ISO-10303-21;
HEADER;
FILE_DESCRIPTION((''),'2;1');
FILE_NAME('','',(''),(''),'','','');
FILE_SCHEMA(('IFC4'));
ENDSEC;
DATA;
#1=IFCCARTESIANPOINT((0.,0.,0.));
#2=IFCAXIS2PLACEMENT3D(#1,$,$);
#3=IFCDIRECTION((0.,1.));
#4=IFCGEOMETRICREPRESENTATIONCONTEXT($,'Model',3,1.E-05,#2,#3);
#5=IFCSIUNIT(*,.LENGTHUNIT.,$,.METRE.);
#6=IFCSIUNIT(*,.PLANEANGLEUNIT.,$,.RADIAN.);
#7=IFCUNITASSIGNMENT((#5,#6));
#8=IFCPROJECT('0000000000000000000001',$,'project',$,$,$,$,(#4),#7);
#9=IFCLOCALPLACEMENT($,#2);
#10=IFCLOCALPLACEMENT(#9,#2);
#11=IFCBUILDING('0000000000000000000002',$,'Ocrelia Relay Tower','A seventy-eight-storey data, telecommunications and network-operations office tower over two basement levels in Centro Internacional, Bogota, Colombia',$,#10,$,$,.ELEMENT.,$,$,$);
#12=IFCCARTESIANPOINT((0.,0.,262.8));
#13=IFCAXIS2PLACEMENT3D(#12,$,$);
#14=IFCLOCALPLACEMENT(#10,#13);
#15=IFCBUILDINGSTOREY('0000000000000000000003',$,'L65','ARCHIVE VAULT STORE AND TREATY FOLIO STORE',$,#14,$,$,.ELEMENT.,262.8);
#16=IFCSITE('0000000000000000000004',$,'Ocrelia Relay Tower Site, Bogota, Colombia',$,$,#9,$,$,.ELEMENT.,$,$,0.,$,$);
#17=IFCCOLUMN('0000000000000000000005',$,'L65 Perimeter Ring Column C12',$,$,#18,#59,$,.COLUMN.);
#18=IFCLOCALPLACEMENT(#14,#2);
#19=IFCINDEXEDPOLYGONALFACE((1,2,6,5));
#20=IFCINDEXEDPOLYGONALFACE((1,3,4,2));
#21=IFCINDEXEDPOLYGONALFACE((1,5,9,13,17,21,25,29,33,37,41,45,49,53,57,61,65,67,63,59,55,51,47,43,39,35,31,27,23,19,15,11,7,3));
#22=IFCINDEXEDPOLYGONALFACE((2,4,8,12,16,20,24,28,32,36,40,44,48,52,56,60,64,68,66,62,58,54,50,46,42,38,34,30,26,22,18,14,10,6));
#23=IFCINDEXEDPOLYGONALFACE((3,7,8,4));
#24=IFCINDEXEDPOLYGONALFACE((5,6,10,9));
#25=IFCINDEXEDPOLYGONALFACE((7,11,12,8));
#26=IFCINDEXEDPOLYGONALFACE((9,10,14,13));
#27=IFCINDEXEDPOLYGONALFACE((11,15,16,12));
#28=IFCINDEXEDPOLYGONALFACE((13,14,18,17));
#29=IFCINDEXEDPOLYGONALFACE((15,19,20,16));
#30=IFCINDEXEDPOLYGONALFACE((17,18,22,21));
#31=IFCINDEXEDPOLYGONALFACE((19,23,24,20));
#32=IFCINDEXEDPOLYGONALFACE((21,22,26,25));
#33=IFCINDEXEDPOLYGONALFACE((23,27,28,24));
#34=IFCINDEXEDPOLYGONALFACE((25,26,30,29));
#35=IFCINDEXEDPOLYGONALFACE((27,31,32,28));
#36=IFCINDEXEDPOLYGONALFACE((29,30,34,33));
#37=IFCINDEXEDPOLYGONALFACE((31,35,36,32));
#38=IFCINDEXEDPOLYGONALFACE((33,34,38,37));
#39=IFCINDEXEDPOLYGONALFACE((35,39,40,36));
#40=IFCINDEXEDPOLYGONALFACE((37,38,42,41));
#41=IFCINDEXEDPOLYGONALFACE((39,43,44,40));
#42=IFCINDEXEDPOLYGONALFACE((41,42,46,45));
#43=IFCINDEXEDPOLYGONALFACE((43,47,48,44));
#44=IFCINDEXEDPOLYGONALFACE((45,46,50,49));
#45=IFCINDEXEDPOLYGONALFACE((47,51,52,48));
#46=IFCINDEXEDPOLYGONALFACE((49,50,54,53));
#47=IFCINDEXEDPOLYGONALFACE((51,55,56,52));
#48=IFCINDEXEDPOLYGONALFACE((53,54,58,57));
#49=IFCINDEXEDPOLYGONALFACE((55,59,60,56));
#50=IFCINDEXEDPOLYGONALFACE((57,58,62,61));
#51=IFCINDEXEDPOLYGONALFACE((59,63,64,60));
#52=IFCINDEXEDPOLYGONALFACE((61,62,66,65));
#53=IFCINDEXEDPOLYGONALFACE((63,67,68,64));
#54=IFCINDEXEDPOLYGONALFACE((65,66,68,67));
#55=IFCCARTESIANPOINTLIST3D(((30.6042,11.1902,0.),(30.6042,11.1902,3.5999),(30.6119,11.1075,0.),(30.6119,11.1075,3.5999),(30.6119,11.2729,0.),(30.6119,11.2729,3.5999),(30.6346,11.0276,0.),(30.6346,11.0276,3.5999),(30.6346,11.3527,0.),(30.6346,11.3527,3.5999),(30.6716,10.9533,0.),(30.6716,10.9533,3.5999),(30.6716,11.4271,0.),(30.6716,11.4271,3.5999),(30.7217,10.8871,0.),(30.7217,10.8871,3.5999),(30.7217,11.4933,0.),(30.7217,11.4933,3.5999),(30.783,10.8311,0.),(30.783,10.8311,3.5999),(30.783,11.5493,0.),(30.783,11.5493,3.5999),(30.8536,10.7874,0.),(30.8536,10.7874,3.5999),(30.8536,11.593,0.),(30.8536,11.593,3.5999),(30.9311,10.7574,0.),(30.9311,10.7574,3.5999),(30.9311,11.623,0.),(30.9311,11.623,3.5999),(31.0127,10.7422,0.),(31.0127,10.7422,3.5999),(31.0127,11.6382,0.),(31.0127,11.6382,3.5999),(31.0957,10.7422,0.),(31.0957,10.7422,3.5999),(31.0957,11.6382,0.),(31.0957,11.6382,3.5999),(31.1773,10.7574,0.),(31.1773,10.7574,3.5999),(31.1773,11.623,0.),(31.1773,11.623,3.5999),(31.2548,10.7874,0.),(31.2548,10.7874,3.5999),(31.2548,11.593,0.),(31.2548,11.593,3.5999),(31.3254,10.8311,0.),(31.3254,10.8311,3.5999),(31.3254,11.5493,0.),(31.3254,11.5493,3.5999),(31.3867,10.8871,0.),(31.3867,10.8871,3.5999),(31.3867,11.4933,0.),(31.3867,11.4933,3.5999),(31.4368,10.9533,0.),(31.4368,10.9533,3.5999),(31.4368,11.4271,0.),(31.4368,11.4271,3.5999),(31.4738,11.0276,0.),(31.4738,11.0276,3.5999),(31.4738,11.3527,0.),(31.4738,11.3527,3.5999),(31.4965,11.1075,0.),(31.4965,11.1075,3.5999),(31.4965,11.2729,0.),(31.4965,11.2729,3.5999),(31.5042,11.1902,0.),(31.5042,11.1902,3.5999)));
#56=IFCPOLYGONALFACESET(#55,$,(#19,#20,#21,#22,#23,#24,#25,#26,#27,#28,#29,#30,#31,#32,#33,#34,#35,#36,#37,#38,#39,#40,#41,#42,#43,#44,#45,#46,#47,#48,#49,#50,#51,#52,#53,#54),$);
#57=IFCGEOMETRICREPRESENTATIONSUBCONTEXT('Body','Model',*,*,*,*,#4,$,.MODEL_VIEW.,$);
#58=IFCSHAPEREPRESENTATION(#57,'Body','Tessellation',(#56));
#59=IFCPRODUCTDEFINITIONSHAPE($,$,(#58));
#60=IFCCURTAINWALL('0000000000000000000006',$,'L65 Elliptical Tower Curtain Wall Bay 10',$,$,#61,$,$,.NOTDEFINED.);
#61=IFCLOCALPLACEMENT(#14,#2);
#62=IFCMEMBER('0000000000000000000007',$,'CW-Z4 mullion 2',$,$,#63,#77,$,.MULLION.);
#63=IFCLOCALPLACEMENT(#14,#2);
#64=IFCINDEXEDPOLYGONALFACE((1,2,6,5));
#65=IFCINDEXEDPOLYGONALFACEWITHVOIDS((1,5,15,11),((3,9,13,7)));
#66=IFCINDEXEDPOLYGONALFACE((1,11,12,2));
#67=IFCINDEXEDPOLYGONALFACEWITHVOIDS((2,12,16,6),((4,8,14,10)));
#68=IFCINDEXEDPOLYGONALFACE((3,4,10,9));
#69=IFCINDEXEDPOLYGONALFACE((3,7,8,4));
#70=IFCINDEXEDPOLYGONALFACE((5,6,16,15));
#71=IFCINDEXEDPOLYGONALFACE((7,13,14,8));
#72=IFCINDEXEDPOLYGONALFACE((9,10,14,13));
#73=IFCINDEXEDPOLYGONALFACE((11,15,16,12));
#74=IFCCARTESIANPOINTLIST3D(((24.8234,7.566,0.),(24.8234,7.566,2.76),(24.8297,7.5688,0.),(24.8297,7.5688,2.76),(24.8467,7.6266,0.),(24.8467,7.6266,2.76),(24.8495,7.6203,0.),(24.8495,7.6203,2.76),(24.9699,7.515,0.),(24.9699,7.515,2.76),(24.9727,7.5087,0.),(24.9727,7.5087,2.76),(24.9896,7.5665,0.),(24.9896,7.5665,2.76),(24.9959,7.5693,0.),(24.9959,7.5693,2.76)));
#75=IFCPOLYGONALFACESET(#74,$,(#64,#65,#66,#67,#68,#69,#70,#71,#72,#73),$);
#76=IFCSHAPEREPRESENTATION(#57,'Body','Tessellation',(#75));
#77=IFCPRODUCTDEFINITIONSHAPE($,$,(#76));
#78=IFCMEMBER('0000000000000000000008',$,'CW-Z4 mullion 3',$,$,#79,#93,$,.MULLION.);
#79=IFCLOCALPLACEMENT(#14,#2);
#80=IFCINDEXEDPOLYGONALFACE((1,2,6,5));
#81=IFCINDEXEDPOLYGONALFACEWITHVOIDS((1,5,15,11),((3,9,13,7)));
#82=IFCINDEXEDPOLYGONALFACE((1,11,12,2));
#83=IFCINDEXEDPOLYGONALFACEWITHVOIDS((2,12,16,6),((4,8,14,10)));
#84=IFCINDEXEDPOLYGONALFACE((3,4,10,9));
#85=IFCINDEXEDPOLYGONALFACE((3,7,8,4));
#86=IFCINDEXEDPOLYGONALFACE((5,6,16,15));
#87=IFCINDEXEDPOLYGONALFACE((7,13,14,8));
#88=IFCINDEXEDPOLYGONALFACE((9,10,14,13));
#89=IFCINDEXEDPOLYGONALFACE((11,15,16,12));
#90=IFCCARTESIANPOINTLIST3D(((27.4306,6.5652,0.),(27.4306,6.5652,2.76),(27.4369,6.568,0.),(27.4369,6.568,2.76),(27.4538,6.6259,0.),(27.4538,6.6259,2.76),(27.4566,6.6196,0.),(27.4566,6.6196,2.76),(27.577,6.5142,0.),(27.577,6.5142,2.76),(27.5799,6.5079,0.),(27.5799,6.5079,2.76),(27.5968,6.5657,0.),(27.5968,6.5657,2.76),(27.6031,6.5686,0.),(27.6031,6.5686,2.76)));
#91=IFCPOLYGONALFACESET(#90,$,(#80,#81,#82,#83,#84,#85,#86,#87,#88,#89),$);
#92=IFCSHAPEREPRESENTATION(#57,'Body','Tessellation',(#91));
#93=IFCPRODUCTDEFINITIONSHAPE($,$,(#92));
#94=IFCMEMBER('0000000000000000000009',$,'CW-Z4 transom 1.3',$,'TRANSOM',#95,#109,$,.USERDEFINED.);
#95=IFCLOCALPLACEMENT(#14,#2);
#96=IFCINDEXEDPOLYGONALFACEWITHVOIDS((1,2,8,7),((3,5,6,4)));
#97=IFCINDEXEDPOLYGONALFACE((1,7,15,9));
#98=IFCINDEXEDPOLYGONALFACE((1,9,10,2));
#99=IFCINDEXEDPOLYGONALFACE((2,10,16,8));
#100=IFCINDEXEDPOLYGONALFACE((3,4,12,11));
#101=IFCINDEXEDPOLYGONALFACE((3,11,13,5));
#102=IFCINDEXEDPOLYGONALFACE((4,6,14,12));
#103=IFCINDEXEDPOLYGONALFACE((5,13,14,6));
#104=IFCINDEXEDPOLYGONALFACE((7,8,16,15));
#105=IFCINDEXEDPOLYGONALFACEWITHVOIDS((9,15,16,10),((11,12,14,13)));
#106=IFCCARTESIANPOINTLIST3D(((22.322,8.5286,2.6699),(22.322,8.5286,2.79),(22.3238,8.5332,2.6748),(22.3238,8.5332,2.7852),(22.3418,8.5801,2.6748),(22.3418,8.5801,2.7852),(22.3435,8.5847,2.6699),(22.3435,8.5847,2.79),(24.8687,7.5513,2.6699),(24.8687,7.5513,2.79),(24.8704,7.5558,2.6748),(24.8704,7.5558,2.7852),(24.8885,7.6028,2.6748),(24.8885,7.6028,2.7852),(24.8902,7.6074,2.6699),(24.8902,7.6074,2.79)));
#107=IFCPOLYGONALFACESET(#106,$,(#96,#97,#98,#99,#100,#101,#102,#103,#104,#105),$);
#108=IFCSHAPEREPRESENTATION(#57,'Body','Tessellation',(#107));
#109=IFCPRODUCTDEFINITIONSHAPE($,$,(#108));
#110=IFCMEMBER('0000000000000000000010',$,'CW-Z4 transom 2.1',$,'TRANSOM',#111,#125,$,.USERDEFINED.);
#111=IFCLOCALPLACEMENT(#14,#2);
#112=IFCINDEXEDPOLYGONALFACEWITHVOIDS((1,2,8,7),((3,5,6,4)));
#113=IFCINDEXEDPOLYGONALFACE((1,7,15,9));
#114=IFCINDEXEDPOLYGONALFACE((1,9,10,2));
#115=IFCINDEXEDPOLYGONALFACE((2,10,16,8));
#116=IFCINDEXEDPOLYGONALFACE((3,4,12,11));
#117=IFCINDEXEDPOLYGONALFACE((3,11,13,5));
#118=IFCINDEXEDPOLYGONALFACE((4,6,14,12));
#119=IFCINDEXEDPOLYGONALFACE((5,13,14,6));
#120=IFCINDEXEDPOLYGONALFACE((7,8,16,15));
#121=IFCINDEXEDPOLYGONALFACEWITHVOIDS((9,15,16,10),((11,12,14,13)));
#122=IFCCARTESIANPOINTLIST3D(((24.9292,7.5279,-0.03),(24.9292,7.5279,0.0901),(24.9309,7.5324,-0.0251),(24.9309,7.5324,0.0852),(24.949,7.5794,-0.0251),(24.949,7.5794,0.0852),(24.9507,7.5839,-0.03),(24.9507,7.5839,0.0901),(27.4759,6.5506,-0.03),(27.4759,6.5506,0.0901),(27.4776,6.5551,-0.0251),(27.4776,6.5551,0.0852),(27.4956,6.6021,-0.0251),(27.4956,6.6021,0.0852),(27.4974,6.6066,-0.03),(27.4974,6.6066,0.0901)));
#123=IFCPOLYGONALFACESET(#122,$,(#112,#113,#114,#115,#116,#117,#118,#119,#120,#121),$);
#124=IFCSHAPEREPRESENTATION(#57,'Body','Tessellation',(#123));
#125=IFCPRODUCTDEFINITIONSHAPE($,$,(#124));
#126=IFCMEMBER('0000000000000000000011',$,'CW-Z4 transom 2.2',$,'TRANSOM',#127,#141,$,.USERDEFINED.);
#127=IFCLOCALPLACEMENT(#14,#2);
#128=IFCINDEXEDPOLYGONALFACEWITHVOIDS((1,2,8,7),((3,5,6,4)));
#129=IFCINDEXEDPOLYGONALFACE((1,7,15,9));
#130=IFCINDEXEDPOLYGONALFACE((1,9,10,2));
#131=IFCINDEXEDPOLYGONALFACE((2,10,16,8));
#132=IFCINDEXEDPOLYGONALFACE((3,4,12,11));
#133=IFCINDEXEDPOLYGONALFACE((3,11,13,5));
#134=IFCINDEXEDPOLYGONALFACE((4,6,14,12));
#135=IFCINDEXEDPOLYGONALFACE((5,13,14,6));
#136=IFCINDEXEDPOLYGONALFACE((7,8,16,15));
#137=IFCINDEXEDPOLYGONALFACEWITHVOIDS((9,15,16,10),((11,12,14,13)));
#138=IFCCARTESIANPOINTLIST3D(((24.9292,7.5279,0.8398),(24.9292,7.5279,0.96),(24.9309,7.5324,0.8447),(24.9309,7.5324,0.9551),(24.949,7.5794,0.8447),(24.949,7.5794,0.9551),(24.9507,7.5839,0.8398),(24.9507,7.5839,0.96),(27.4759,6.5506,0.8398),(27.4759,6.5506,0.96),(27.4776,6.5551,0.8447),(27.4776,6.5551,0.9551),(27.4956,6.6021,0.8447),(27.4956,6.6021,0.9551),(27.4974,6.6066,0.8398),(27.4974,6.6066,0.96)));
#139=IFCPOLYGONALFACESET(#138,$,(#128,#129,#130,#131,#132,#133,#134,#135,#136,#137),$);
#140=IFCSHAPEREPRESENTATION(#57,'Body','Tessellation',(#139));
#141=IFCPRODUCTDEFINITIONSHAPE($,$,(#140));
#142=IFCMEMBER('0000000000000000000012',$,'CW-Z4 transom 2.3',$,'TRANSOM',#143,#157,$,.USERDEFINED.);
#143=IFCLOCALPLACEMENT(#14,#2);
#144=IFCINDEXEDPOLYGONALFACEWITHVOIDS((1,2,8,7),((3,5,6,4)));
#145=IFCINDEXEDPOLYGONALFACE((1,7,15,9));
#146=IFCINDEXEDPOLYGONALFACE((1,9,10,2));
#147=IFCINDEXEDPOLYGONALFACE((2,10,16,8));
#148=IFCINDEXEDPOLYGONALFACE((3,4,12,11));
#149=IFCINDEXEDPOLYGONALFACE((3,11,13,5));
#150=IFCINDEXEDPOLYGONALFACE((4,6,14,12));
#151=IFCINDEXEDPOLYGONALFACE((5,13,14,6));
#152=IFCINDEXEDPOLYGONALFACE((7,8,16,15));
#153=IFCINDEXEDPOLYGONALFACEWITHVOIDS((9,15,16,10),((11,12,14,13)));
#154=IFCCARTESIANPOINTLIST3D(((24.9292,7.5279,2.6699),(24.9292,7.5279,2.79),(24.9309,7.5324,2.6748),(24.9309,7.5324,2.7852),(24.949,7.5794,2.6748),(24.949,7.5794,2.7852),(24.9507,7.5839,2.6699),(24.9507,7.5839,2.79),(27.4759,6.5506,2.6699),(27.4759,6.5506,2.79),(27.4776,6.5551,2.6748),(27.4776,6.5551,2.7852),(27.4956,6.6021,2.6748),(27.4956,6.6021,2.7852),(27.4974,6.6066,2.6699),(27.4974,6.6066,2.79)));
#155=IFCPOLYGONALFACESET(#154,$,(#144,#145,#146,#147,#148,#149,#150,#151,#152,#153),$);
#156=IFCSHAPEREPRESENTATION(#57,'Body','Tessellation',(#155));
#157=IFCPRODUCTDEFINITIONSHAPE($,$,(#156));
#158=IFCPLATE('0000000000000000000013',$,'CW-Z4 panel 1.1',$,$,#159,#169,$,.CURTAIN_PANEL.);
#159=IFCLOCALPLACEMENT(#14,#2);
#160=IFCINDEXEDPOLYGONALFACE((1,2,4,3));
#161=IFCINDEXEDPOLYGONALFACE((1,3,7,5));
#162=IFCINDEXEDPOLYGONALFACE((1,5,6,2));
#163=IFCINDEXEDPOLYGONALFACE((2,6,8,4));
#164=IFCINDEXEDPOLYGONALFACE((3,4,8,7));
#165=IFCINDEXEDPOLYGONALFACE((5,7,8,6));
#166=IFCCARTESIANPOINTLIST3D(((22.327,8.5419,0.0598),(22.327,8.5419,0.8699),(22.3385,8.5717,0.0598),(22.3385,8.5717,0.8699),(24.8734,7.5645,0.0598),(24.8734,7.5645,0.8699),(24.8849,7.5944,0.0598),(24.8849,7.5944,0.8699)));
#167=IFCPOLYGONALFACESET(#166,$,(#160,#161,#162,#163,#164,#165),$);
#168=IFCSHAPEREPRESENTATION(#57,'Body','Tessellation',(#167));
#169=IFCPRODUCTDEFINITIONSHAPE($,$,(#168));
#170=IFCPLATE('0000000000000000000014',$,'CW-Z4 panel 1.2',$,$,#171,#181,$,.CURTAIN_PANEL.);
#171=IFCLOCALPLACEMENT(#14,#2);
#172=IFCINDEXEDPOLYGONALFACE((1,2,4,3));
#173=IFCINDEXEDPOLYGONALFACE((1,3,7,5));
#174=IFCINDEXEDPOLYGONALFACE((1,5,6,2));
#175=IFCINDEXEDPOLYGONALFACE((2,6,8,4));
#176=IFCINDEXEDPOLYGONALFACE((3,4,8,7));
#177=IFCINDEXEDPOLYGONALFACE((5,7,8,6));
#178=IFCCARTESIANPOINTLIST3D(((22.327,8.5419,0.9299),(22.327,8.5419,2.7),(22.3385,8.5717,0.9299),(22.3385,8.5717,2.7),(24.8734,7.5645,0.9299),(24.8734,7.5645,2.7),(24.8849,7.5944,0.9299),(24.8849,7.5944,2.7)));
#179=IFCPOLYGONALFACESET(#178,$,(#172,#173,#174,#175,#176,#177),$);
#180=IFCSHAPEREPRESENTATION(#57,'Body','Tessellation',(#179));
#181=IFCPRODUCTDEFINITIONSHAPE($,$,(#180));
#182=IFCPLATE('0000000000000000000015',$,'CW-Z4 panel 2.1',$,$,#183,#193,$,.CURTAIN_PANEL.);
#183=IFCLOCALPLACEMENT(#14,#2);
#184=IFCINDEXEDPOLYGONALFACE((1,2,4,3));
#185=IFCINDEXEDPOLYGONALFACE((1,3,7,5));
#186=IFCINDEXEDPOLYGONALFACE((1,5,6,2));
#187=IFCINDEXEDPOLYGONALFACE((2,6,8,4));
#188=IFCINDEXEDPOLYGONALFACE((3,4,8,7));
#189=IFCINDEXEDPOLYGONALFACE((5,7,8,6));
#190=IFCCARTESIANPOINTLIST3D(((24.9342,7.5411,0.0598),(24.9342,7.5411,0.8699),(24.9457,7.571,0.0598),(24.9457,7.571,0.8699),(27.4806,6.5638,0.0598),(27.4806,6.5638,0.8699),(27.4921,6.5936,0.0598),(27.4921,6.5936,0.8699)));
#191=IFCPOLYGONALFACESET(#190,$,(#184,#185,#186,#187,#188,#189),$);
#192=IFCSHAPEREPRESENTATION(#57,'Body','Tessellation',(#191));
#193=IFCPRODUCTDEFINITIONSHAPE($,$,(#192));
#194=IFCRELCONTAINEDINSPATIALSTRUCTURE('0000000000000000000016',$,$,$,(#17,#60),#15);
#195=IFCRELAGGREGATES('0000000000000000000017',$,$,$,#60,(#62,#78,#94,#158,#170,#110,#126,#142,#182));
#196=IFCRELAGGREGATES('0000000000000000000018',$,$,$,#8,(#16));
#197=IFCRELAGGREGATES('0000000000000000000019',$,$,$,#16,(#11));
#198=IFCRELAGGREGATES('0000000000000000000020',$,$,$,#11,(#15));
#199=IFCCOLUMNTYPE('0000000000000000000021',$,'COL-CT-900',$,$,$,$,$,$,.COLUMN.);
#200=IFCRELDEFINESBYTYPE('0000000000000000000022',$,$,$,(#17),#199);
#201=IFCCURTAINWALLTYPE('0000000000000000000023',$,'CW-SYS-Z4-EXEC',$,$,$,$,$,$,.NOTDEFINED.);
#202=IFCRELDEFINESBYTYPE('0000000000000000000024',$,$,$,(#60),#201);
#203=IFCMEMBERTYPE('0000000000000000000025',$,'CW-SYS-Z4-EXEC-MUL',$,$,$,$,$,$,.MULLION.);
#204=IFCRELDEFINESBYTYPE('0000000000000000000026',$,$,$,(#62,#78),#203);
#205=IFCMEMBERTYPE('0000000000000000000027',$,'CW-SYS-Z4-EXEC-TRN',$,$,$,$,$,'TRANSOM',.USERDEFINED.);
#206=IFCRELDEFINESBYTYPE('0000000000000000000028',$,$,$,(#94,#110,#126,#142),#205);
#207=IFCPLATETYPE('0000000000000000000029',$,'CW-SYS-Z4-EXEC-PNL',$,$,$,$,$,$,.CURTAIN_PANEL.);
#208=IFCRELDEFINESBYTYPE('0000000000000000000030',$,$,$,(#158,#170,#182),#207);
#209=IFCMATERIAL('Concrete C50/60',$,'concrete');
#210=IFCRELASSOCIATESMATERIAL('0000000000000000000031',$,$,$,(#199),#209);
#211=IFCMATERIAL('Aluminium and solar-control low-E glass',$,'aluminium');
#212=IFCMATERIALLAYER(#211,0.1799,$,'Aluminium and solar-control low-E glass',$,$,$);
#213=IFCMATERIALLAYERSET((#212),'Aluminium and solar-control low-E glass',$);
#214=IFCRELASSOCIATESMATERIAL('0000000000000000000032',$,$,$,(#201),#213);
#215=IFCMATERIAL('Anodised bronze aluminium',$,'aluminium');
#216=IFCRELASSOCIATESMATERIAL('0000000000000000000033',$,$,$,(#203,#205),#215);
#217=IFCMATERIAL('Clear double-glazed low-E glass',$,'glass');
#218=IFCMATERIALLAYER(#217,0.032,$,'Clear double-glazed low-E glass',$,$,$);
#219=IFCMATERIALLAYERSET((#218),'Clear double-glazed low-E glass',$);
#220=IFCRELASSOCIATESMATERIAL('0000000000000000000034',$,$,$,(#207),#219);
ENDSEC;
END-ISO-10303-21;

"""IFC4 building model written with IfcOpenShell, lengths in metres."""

from ifc_helpers import new_model, si_unit, direction, frame, origin, origin_2d, place, context, subcontext, project, spatial, rectangle, hollow_rectangle, circle, extrude, material, layer, layer_set, material_profile, profile_set, type_object, element, aggregate, save


model = new_model("IFC4")

# Units and contexts
model_context = context("Model", 3, precision=1e-05, world=origin(), true_north=direction((0.0, 1.0)))
body_context = subcontext(model_context, "Body", "Model", "MODEL_VIEW")
ifc_project = project(units=[si_unit("LENGTHUNIT", "METRE"), si_unit("PLANEANGLEUNIT", "RADIAN")], contexts=[model_context])

# Site, building, storey
site_placement = place(None, origin())
site = spatial("IfcSite", under=ifc_project, at=site_placement, Name="Ocrelia Relay Tower Site, Bogota, Colombia", CompositionType="ELEMENT", RefElevation=0.0)
building_placement = place(site_placement, origin())
building = spatial("IfcBuilding", under=site, at=building_placement, Name="Ocrelia Relay Tower", Description="A seventy-eight-storey data, telecommunications and network-operations office tower over two basement levels in Centro Internacional, Bogota, Colombia", CompositionType="ELEMENT")
storey_placement = place(building_placement, frame((0.0, 0.0, 262.8)))
storey = spatial("IfcBuildingStorey", under=building, at=storey_placement, Name="L65", Description="ARCHIVE VAULT STORE AND TREATY FOLIO STORE", CompositionType="ELEMENT", Elevation=262.8)

# Column
ifc_material_1 = material(Name="Concrete C50/60", Category="concrete")
ifc_material_profile_1 = material_profile(ifc_material_1, circle(Radius=0.45, at=origin_2d()), Name="RC-CIR-900")
ifc_profile_set_1 = profile_set([ifc_material_profile_1], Name="Concrete C50/60")
column_type = type_object("IfcColumnType", Name="COL-CT-900", PredefinedType="COLUMN", material=ifc_profile_set_1)
column_placement = place(storey_placement, frame((31.0542, 11.1902, 0.0), z_axis=(0.0, 0.0, 1.0), x_axis=(1.0, 0.0, 0.0)))
element("IfcColumn", 1, at=column_placement, inside=storey, type_object=column_type, Name="L65 Perimeter Ring Column C12", PredefinedType="COLUMN", context=body_context, shape_type="SweptSolid", body=[
    extrude(circle(Radius=0.45, at=origin_2d()), origin(), (0.0, 0.0, 1.0), 3.5999),
])

# Curtain wall, members, plates
ifc_material_2 = material(Name="Aluminium and solar-control low-E glass", Category="aluminium")
ifc_layer_1 = layer(ifc_material_2, 0.1799, Name="Aluminium and solar-control low-E glass")
ifc_layer_set_1 = layer_set([ifc_layer_1], Name="Aluminium and solar-control low-E glass")
curtain_wall_type = type_object("IfcCurtainWallType", Name="CW-SYS-Z4-EXEC", PredefinedType="NOTDEFINED", material=ifc_layer_set_1)
curtain_wall_placement = place(storey_placement, origin())
curtain_wall = element("IfcCurtainWall", 2, at=curtain_wall_placement, inside=storey, type_object=curtain_wall_type, Name="L65 Elliptical Tower Curtain Wall Bay 10", PredefinedType="NOTDEFINED")
ifc_material_3 = material(Name="Anodised bronze aluminium", Category="aluminium")
ifc_material_profile_2 = material_profile(ifc_material_3, hollow_rectangle(XDim=0.0649, YDim=0.1599, WallThickness=0.0049, at=origin_2d()), Name="CW-MUL-160x65")
ifc_profile_set_2 = profile_set([ifc_material_profile_2], Name="Anodised bronze aluminium")
member_type_1 = type_object("IfcMemberType", Name="CW-SYS-Z4-EXEC-MUL", PredefinedType="MULLION", material=ifc_profile_set_2)
member_1_placement = place(storey_placement, frame((24.9097, 7.5676, 0.0), z_axis=(0.0, 0.0, 1.0), x_axis=(0.358334, 0.933594, 0.0)))
member_1 = element("IfcMember", 3, at=member_1_placement, type_object=member_type_1, Name="CW-Z4 mullion 2", PredefinedType="MULLION", context=body_context, shape_type="SweptSolid", body=[
    extrude(hollow_rectangle(XDim=0.0649, YDim=0.1599, WallThickness=0.0049, at=origin_2d()), origin(), (0.0, 0.0, 1.0), 2.76),
])
member_2_placement = place(storey_placement, frame((27.5168, 6.5669, 0.0), z_axis=(0.0, 0.0, 1.0), x_axis=(0.358334, 0.933594, 0.0)))
member_2 = element("IfcMember", 4, at=member_2_placement, type_object=member_type_1, Name="CW-Z4 mullion 3", PredefinedType="MULLION", context=body_context, shape_type="SweptSolid", body=[
    extrude(hollow_rectangle(XDim=0.0649, YDim=0.1599, WallThickness=0.0049, at=origin_2d()), origin(), (0.0, 0.0, 1.0), 2.76),
])
ifc_material_profile_3 = material_profile(ifc_material_3, hollow_rectangle(XDim=0.0601, YDim=0.1201, WallThickness=0.0049, at=origin_2d()), Name="CW-TRN-120x60")
ifc_profile_set_3 = profile_set([ifc_material_profile_3], Name="Anodised bronze aluminium")
member_type_2 = type_object("IfcMemberType", Name="CW-SYS-Z4-EXEC-TRN", ElementType="TRANSOM", PredefinedType="USERDEFINED", material=ifc_profile_set_3)
member_3_placement = place(storey_placement, frame((22.3328, 8.5566, 2.73), z_axis=(0.933613, -0.358283, 0.0), x_axis=(0.358283, 0.933613, 0.0)))
member_3 = element("IfcMember", 5, at=member_3_placement, type_object=member_type_2, Name="CW-Z4 transom 1.3", ObjectType="TRANSOM", PredefinedType="USERDEFINED", context=body_context, shape_type="SweptSolid", body=[
    extrude(hollow_rectangle(XDim=0.0601, YDim=0.1201, WallThickness=0.0049, at=origin_2d()), origin(), (0.0, 0.0, 1.0), 2.7278),
])
member_4_placement = place(storey_placement, frame((24.9399, 7.5559, 0.03), z_axis=(0.933613, -0.358283, 0.0), x_axis=(0.358283, 0.933613, 0.0)))
member_4 = element("IfcMember", 6, at=member_4_placement, type_object=member_type_2, Name="CW-Z4 transom 2.1", ObjectType="TRANSOM", PredefinedType="USERDEFINED", context=body_context, shape_type="SweptSolid", body=[
    extrude(hollow_rectangle(XDim=0.0601, YDim=0.1201, WallThickness=0.0049, at=origin_2d()), origin(), (0.0, 0.0, 1.0), 2.7278),
])
member_5_placement = place(storey_placement, frame((24.9399, 7.5559, 0.8999), z_axis=(0.933613, -0.358283, 0.0), x_axis=(0.358283, 0.933613, 0.0)))
member_5 = element("IfcMember", 7, at=member_5_placement, type_object=member_type_2, Name="CW-Z4 transom 2.2", ObjectType="TRANSOM", PredefinedType="USERDEFINED", context=body_context, shape_type="SweptSolid", body=[
    extrude(hollow_rectangle(XDim=0.0601, YDim=0.1201, WallThickness=0.0049, at=origin_2d()), origin(), (0.0, 0.0, 1.0), 2.7278),
])
member_6_placement = place(storey_placement, frame((24.9399, 7.5559, 2.73), z_axis=(0.933613, -0.358283, 0.0), x_axis=(0.358283, 0.933613, 0.0)))
member_6 = element("IfcMember", 8, at=member_6_placement, type_object=member_type_2, Name="CW-Z4 transom 2.3", ObjectType="TRANSOM", PredefinedType="USERDEFINED", context=body_context, shape_type="SweptSolid", body=[
    extrude(hollow_rectangle(XDim=0.0601, YDim=0.1201, WallThickness=0.0049, at=origin_2d()), origin(), (0.0, 0.0, 1.0), 2.7278),
])
ifc_material_4 = material(Name="Clear double-glazed low-E glass", Category="glass")
ifc_layer_2 = layer(ifc_material_4, 0.032, Name="Clear double-glazed low-E glass")
ifc_layer_set_2 = layer_set([ifc_layer_2], Name="Clear double-glazed low-E glass")
plate_type = type_object("IfcPlateType", Name="CW-SYS-Z4-EXEC-PNL", PredefinedType="CURTAIN_PANEL", material=ifc_layer_set_2)
plate_1_placement = place(storey_placement, frame((23.606, 8.0681, 0.0598), z_axis=(0.0, 0.0, 1.0), x_axis=(0.933594, -0.358334, 0.0)))
plate_1 = element("IfcPlate", 9, at=plate_1_placement, type_object=plate_type, Name="CW-Z4 panel 1.1", PredefinedType="CURTAIN_PANEL", context=body_context, shape_type="SweptSolid", body=[
    extrude(rectangle(XDim=2.7275, YDim=0.032, at=origin_2d()), origin(), (0.0, 0.0, 1.0), 0.8101),
])
plate_2_placement = place(storey_placement, frame((23.606, 8.0681, 0.9299), z_axis=(0.0, 0.0, 1.0), x_axis=(0.933594, -0.358334, 0.0)))
plate_2 = element("IfcPlate", 10, at=plate_2_placement, type_object=plate_type, Name="CW-Z4 panel 1.2", PredefinedType="CURTAIN_PANEL", context=body_context, shape_type="SweptSolid", body=[
    extrude(rectangle(XDim=2.7275, YDim=0.032, at=origin_2d()), origin(), (0.0, 0.0, 1.0), 1.77),
])
plate_3_placement = place(storey_placement, frame((26.2131, 7.0674, 0.0598), z_axis=(0.0, 0.0, 1.0), x_axis=(0.933594, -0.358334, 0.0)))
plate_3 = element("IfcPlate", 11, at=plate_3_placement, type_object=plate_type, Name="CW-Z4 panel 2.1", PredefinedType="CURTAIN_PANEL", context=body_context, shape_type="SweptSolid", body=[
    extrude(rectangle(XDim=2.7275, YDim=0.032, at=origin_2d()), origin(), (0.0, 0.0, 1.0), 0.8101),
])
aggregate(curtain_wall, [member_1, member_2, member_3, plate_1, plate_2, member_4, member_5, member_6, plate_3])

save(model, "model.ifc")
